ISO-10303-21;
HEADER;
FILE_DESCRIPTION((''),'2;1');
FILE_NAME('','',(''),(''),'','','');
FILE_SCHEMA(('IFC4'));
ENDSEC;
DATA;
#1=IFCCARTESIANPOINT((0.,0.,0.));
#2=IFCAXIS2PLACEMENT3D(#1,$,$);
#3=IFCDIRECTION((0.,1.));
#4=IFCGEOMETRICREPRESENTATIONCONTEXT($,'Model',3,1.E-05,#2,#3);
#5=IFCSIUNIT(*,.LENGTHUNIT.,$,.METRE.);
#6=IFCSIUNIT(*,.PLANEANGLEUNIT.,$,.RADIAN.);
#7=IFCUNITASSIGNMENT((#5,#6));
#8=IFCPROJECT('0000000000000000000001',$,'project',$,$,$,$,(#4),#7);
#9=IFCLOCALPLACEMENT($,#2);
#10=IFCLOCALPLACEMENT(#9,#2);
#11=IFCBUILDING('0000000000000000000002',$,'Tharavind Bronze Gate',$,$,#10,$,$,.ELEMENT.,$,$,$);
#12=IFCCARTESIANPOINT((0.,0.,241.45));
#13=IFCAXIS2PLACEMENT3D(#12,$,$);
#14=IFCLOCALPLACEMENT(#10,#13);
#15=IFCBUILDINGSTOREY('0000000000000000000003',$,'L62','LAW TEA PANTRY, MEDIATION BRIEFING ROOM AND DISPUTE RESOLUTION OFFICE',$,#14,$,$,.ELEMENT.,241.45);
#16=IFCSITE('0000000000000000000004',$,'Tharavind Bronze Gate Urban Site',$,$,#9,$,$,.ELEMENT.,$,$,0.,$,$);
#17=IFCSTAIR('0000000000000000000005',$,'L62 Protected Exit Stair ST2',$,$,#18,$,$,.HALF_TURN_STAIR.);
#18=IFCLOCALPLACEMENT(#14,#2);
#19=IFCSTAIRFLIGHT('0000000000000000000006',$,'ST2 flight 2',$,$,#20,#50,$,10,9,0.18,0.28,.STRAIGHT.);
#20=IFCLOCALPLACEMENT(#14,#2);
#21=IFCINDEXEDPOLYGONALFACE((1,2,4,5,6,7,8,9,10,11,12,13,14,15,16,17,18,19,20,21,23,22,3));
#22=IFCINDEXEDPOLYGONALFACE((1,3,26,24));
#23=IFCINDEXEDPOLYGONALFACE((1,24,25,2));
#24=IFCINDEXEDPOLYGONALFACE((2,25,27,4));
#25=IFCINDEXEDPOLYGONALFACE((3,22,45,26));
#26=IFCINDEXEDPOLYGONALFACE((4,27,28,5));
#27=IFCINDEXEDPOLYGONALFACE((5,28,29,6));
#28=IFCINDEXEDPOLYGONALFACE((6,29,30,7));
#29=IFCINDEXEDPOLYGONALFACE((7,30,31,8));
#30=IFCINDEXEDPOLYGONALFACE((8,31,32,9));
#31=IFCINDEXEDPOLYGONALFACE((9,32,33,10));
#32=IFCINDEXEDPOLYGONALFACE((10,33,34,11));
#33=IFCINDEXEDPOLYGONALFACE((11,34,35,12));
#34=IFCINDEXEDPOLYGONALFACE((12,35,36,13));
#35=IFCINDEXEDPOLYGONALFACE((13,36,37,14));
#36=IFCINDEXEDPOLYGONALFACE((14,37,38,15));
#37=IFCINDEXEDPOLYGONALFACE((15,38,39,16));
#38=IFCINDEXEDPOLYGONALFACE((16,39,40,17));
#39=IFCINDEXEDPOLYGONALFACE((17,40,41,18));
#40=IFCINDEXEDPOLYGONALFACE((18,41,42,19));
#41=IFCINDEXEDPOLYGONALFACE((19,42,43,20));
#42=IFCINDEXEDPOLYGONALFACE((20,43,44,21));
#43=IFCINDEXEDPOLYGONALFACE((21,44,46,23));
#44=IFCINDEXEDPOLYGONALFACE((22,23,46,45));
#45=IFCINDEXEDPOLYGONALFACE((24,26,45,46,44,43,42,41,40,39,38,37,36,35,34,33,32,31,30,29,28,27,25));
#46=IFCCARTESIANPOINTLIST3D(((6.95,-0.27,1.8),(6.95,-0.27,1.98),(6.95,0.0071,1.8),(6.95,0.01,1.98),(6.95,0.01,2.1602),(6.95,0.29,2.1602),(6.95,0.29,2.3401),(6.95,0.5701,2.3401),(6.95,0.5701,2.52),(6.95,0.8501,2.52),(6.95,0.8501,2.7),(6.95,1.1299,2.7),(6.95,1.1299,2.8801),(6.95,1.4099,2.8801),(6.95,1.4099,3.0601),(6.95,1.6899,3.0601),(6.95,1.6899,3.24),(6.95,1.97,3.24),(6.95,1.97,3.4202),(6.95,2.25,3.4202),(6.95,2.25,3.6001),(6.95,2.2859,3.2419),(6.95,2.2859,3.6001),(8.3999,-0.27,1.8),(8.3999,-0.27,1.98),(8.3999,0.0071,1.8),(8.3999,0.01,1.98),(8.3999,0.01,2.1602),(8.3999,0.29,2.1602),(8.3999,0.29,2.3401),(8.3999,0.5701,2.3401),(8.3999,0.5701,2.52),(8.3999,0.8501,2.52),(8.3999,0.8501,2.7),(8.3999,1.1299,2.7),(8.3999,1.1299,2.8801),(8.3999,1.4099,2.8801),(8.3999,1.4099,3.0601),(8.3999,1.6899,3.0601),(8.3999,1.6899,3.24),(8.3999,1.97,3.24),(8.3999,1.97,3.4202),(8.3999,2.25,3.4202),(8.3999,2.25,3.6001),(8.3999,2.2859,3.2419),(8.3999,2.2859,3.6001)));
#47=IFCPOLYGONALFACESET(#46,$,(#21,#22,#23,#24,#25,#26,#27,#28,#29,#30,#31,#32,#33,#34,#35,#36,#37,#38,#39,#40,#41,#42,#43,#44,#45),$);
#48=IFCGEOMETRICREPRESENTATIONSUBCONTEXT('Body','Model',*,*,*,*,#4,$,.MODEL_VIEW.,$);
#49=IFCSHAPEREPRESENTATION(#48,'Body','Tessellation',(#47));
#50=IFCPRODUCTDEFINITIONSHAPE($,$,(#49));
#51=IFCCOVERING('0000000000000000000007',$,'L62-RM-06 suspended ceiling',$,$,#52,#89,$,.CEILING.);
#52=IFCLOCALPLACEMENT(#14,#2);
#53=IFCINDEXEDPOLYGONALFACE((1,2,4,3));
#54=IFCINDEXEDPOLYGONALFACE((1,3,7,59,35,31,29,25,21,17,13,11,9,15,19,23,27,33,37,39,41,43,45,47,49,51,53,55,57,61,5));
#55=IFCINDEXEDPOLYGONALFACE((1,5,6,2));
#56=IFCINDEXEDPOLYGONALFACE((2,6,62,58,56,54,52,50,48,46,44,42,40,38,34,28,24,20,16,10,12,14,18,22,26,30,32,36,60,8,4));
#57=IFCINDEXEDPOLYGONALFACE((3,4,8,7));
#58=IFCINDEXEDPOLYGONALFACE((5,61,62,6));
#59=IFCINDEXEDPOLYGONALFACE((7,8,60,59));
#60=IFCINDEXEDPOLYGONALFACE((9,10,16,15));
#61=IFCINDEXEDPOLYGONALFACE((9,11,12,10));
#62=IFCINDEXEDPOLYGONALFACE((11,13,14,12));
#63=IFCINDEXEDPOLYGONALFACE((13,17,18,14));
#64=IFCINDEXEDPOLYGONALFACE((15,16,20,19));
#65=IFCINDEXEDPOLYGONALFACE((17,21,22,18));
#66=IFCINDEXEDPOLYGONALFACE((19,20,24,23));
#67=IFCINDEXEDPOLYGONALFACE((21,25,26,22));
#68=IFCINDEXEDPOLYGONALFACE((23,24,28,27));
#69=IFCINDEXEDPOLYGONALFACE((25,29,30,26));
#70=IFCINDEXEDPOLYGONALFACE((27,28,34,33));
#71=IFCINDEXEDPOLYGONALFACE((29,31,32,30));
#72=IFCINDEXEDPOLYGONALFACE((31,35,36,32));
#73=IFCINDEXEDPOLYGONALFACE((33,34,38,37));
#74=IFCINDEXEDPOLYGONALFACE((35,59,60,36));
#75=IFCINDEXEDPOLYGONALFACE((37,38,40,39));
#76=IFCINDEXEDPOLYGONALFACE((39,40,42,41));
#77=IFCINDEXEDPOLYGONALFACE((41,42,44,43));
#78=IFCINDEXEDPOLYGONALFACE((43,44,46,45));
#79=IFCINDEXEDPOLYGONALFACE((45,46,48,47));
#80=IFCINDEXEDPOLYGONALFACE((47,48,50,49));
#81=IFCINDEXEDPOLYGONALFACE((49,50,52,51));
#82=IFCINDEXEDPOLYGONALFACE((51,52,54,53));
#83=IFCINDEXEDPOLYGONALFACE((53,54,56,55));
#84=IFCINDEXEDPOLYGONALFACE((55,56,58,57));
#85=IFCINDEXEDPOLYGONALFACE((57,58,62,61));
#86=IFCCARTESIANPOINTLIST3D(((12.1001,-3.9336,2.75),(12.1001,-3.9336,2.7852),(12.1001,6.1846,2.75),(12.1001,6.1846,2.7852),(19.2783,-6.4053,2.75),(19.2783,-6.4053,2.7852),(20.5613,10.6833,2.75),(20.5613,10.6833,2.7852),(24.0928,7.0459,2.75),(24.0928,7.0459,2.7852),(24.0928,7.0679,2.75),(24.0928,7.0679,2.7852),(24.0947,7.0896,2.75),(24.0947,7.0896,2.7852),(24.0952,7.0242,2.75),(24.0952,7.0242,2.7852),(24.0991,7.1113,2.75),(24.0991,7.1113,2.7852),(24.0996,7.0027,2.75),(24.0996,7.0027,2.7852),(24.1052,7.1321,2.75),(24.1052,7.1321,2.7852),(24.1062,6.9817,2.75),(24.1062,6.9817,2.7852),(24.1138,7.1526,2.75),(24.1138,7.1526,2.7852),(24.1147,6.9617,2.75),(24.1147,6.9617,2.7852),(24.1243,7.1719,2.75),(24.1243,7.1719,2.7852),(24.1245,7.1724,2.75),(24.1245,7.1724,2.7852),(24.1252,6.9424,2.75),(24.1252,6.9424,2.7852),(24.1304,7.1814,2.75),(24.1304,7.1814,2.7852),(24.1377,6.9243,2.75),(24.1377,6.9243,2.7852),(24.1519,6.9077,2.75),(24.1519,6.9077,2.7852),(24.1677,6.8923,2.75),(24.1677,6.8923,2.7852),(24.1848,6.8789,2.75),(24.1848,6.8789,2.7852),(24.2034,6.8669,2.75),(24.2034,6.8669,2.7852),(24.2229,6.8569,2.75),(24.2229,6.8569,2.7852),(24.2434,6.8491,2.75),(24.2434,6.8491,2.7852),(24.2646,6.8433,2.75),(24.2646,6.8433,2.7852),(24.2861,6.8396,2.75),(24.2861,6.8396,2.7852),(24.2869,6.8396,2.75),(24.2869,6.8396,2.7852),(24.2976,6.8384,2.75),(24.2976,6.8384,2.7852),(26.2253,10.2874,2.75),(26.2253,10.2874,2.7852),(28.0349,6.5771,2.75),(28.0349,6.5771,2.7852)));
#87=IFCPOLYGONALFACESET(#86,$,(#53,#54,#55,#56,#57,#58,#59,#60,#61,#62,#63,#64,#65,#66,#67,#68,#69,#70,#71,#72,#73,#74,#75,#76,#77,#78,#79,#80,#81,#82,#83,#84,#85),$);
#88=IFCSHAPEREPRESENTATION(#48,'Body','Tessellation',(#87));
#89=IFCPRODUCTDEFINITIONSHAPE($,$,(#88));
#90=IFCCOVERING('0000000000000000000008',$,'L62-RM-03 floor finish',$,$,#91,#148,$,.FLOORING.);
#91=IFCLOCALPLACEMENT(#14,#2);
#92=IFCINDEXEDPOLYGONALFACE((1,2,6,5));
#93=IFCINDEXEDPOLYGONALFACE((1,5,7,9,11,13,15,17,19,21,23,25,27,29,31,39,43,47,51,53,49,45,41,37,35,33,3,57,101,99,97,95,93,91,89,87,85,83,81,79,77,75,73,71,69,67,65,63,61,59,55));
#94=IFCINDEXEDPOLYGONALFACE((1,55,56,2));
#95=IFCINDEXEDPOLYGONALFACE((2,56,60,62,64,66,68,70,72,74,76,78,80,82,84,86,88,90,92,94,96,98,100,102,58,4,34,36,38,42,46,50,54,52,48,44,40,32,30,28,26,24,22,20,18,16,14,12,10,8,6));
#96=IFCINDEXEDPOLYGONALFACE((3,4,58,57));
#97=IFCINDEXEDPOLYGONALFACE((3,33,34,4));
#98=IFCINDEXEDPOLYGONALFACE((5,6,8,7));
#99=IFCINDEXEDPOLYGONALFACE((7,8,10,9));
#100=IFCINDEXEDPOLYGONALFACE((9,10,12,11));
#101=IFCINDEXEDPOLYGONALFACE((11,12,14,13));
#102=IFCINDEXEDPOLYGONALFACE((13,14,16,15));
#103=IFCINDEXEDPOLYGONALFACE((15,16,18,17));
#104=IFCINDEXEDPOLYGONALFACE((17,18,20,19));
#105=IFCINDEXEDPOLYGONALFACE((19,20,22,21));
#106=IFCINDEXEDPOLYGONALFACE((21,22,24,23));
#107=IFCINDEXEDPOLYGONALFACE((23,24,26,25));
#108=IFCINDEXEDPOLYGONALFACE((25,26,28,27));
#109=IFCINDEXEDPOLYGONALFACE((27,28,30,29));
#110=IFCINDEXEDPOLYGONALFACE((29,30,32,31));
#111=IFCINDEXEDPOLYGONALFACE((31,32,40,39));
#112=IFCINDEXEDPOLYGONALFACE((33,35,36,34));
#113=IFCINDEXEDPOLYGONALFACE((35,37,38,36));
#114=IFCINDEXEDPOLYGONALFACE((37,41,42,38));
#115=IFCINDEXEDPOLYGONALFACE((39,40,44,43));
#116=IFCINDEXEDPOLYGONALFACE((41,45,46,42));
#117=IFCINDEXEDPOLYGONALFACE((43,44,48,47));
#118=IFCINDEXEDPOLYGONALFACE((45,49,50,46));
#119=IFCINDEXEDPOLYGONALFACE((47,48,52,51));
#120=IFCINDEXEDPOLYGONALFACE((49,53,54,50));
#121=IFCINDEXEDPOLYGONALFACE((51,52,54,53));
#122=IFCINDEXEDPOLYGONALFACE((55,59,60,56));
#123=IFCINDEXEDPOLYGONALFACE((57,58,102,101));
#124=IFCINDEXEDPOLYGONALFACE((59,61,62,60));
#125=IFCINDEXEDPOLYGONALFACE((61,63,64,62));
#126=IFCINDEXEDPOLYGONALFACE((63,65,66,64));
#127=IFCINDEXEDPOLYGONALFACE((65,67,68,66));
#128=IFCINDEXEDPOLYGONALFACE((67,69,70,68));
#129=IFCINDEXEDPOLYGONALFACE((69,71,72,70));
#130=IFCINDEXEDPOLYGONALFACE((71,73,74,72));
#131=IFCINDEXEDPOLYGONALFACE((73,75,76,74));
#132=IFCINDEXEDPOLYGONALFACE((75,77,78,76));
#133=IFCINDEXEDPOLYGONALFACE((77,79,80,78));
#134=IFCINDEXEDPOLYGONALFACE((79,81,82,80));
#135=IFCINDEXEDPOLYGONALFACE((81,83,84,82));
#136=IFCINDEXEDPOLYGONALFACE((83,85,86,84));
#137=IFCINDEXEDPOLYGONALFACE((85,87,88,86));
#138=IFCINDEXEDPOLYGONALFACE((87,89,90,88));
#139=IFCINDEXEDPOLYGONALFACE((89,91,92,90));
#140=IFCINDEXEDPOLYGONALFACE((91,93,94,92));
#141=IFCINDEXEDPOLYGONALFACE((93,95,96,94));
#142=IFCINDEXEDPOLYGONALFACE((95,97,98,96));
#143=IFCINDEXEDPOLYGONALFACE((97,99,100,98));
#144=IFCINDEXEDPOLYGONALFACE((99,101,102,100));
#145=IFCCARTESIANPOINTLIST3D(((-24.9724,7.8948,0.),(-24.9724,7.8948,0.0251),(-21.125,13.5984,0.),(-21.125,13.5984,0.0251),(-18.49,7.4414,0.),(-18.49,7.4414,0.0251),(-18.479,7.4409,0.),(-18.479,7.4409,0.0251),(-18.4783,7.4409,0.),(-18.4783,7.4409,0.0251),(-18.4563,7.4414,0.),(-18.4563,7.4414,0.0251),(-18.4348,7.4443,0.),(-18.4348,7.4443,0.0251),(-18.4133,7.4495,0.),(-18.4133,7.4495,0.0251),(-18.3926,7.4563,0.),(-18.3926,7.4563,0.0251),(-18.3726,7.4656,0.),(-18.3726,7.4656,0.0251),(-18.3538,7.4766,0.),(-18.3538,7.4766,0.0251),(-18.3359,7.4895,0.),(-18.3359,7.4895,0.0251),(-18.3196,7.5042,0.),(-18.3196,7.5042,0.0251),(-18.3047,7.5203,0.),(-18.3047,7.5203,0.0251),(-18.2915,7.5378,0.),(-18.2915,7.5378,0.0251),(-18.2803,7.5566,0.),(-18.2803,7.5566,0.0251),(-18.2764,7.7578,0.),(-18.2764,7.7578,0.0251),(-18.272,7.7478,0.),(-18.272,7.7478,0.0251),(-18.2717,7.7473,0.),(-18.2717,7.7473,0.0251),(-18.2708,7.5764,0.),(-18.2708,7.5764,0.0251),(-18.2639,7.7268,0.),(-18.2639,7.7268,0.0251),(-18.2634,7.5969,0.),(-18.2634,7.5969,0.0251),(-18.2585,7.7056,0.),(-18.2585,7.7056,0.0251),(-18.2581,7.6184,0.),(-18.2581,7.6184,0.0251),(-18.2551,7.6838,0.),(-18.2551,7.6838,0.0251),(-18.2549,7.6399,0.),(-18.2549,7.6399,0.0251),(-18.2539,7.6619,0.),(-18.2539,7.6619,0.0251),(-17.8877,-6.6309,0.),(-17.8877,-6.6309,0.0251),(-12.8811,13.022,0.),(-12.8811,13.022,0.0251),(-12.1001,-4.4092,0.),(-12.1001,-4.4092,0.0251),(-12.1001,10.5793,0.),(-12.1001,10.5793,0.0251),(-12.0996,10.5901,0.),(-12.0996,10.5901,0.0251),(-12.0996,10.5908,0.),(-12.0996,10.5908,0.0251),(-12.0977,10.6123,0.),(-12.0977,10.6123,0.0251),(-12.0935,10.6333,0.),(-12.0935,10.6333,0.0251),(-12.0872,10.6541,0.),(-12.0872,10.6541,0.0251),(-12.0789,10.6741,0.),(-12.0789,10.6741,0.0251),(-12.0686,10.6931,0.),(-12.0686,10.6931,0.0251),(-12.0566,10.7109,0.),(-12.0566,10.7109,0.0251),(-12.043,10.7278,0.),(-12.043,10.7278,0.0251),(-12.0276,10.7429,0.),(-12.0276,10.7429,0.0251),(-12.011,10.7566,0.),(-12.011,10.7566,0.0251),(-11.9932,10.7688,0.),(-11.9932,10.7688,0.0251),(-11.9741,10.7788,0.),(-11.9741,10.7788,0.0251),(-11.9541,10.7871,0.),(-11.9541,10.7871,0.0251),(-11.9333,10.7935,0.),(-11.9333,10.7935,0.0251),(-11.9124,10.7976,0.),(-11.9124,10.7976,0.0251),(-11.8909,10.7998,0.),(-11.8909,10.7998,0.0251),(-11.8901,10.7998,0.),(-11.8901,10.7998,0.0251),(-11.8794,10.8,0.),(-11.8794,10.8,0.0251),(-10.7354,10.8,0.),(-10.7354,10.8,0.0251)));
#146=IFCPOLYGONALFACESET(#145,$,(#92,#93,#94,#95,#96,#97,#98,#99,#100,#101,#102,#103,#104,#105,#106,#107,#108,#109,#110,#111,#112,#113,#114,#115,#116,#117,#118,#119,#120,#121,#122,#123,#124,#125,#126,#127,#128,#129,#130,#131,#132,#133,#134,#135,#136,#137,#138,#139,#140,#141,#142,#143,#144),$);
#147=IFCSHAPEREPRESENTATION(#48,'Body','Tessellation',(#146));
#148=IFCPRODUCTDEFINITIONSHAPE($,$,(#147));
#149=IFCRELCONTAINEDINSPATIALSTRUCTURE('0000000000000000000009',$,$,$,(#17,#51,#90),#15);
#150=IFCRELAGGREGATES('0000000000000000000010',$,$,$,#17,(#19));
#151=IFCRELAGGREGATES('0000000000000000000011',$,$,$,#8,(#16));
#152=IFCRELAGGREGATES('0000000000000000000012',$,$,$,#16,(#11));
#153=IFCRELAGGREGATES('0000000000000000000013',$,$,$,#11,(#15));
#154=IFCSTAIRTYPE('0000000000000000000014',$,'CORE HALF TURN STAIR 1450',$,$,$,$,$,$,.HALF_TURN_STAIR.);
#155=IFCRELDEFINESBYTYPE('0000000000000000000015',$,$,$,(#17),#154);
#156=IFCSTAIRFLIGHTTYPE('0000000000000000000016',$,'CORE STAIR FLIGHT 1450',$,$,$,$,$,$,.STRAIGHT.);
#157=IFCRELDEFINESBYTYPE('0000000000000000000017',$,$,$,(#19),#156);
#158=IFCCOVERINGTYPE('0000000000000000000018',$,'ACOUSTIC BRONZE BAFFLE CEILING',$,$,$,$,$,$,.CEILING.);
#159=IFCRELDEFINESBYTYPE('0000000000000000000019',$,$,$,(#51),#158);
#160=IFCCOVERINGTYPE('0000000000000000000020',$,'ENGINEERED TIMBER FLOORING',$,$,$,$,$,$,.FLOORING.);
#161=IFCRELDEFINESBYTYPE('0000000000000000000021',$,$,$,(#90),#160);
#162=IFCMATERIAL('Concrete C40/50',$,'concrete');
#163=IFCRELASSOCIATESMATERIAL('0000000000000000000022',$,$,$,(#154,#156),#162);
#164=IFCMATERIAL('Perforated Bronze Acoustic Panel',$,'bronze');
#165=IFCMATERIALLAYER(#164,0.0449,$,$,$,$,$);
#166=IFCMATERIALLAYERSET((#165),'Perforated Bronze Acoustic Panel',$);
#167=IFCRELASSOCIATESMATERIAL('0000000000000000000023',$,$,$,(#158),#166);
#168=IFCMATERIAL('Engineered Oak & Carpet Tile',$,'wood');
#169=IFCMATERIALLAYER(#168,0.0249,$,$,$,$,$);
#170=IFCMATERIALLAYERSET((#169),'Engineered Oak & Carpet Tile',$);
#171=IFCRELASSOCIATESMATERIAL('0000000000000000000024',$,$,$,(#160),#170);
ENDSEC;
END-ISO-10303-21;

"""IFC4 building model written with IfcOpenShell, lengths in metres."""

from ifc_helpers import new_model, si_unit, direction, frame, origin, place, context, subcontext, project, spatial, polyline, outline, extrude, material, layer, layer_set, type_object, element, aggregate, save


model = new_model("IFC4")

# Units and contexts
model_context = context("Model", 3, precision=1e-05, world=origin(), true_north=direction((0.0, 1.0)))
body_context = subcontext(model_context, "Body", "Model", "MODEL_VIEW")
ifc_project = project(units=[si_unit("LENGTHUNIT", "METRE"), si_unit("PLANEANGLEUNIT", "RADIAN")], contexts=[model_context])

# Site, building, storey
site_placement = place(None, origin())
site = spatial("IfcSite", under=ifc_project, at=site_placement, Name="Tharavind Bronze Gate Urban Site", CompositionType="ELEMENT", RefElevation=0.0)
building_placement = place(site_placement, origin())
building = spatial("IfcBuilding", under=site, at=building_placement, Name="Tharavind Bronze Gate", CompositionType="ELEMENT")
storey_placement = place(building_placement, frame((0.0, 0.0, 241.45)))
storey = spatial("IfcBuildingStorey", under=building, at=storey_placement, Name="L62", Description="LAW TEA PANTRY, MEDIATION BRIEFING ROOM AND DISPUTE RESOLUTION OFFICE", CompositionType="ELEMENT", Elevation=241.45)

# Shared definitions
ifc_material_1 = material(Name="Concrete C40/50", Category="concrete")

# Stair, stair flight
stair_type = type_object("IfcStairType", Name="CORE HALF TURN STAIR 1450", PredefinedType="HALF_TURN_STAIR", material=ifc_material_1)
stair_placement = place(storey_placement, origin())
stair = element("IfcStair", 1, at=stair_placement, inside=storey, type_object=stair_type, Name="L62 Protected Exit Stair ST2", PredefinedType="HALF_TURN_STAIR")
stair_flight_type = type_object("IfcStairFlightType", Name="CORE STAIR FLIGHT 1450", PredefinedType="STRAIGHT", material=ifc_material_1)
stair_flight_1_placement = place(storey_placement, frame((7.675, -0.27, 1.8), z_axis=(0.0, 0.0, 1.0), x_axis=(0.0, 1.0, 0.0)))
stair_flight_1 = element("IfcStairFlight", 2, at=stair_flight_1_placement, type_object=stair_flight_type, Name="ST2 flight 2", NumberOfRisers=10, NumberOfTreads=9, PredefinedType="STRAIGHT", RiserHeight=0.18, TreadLength=0.28, context=body_context, shape_type="SweptSolid", body=[
    extrude(outline(polyline([(0.0, 0.0), (0.0, 0.1799), (0.28, 0.1799), (0.28, 0.3601), (0.5601, 0.3601), (0.5601, 0.54), (0.8401, 0.54), (0.8401, 0.72), (1.1201, 0.72), (1.1201, 0.8999), (1.3999, 0.8999), (1.3999, 1.0801), (1.6799, 1.0801), (1.6799, 1.26), (1.96, 1.26), (1.96, 1.4399), (2.24, 1.4399), (2.24, 1.6201), (2.52, 1.6201), (2.52, 1.8), (2.5559, 1.8), (2.5559, 1.4419), (0.2771, 0.0), (0.0, 0.0)])), frame((0.0, 0.7251, 0.0), z_axis=(0.0, -1.0, 0.0), x_axis=(1.0, 0.0, 0.0)), (0.0, 0.0, 1.0), 1.45),
])
aggregate(stair, [stair_flight_1])

# Coverings
ifc_material_2 = material(Name="Perforated Bronze Acoustic Panel", Category="bronze")
ifc_layer_1 = layer(ifc_material_2, 0.0449)
ifc_layer_set_1 = layer_set([ifc_layer_1], Name="Perforated Bronze Acoustic Panel")
covering_type_1 = type_object("IfcCoveringType", Name="ACOUSTIC BRONZE BAFFLE CEILING", PredefinedType="CEILING", material=ifc_layer_set_1)
covering_1_placement = place(storey_placement, frame((0.0, 0.0, 2.75)))
element("IfcCovering", 3, at=covering_1_placement, inside=storey, type_object=covering_type_1, Name="L62-RM-06 suspended ceiling", PredefinedType="CEILING", context=body_context, shape_type="SweptSolid", body=[
    extrude(outline(polyline([(19.2783, -6.4053), (28.0349, 6.5771), (24.2976, 6.8384), (24.2869, 6.8396), (24.2861, 6.8396), (24.2646, 6.8433), (24.2434, 6.8491), (24.2229, 6.8569), (24.2034, 6.8669), (24.1848, 6.8789), (24.1677, 6.8923), (24.1519, 6.9077), (24.1377, 6.9243), (24.1252, 6.9424), (24.1147, 6.9617), (24.1062, 6.9817), (24.0996, 7.0027), (24.0952, 7.0242), (24.0928, 7.0459), (24.0928, 7.0679), (24.0947, 7.0896), (24.0991, 7.1113), (24.1052, 7.1321), (24.1138, 7.1526), (24.1243, 7.1719), (24.1245, 7.1724), (24.1304, 7.1814), (26.2253, 10.2874), (20.5613, 10.6833), (12.1001, 6.1846), (12.1001, -3.9336), (19.2783, -6.4053)])), origin(), (0.0, 0.0, 1.0), 0.0352),
])
ifc_material_3 = material(Name="Engineered Oak & Carpet Tile", Category="wood")
ifc_layer_2 = layer(ifc_material_3, 0.0249)
ifc_layer_set_2 = layer_set([ifc_layer_2], Name="Engineered Oak & Carpet Tile")
covering_type_2 = type_object("IfcCoveringType", Name="ENGINEERED TIMBER FLOORING", PredefinedType="FLOORING", material=ifc_layer_set_2)
covering_2_placement = place(storey_placement, origin())
element("IfcCovering", 4, at=covering_2_placement, inside=storey, type_object=covering_type_2, Name="L62-RM-03 floor finish", PredefinedType="FLOORING", context=body_context, shape_type="SweptSolid", body=[
    extrude(outline(polyline([(-17.8877, -6.6309), (-12.1001, -4.4092), (-12.1001, 10.5793), (-12.0996, 10.5901), (-12.0996, 10.5908), (-12.0977, 10.6123), (-12.0935, 10.6333), (-12.0872, 10.6541), (-12.0789, 10.6741), (-12.0686, 10.6931), (-12.0566, 10.7109), (-12.043, 10.7278), (-12.0276, 10.7429), (-12.011, 10.7566), (-11.9932, 10.7688), (-11.9741, 10.7788), (-11.9541, 10.7871), (-11.9333, 10.7935), (-11.9124, 10.7976), (-11.8909, 10.7998), (-11.8901, 10.7998), (-11.8794, 10.8), (-10.7354, 10.8), (-12.8811, 13.022), (-21.125, 13.5984), (-18.2764, 7.7578), (-18.272, 7.7478), (-18.2717, 7.7473), (-18.2639, 7.7268), (-18.2585, 7.7056), (-18.2551, 7.6838), (-18.2539, 7.6619), (-18.2549, 7.6399), (-18.2581, 7.6184), (-18.2634, 7.5969), (-18.2708, 7.5764), (-18.2803, 7.5566), (-18.2915, 7.5378), (-18.3047, 7.5203), (-18.3196, 7.5042), (-18.3359, 7.4895), (-18.3538, 7.4766), (-18.3726, 7.4656), (-18.3926, 7.4563), (-18.4133, 7.4495), (-18.4348, 7.4443), (-18.4563, 7.4414), (-18.4783, 7.4409), (-18.479, 7.4409), (-18.49, 7.4414), (-24.9724, 7.8948), (-17.8877, -6.6309)])), origin(), (0.0, 0.0, 1.0), 0.0251),
])

save(model, "model.ifc")
